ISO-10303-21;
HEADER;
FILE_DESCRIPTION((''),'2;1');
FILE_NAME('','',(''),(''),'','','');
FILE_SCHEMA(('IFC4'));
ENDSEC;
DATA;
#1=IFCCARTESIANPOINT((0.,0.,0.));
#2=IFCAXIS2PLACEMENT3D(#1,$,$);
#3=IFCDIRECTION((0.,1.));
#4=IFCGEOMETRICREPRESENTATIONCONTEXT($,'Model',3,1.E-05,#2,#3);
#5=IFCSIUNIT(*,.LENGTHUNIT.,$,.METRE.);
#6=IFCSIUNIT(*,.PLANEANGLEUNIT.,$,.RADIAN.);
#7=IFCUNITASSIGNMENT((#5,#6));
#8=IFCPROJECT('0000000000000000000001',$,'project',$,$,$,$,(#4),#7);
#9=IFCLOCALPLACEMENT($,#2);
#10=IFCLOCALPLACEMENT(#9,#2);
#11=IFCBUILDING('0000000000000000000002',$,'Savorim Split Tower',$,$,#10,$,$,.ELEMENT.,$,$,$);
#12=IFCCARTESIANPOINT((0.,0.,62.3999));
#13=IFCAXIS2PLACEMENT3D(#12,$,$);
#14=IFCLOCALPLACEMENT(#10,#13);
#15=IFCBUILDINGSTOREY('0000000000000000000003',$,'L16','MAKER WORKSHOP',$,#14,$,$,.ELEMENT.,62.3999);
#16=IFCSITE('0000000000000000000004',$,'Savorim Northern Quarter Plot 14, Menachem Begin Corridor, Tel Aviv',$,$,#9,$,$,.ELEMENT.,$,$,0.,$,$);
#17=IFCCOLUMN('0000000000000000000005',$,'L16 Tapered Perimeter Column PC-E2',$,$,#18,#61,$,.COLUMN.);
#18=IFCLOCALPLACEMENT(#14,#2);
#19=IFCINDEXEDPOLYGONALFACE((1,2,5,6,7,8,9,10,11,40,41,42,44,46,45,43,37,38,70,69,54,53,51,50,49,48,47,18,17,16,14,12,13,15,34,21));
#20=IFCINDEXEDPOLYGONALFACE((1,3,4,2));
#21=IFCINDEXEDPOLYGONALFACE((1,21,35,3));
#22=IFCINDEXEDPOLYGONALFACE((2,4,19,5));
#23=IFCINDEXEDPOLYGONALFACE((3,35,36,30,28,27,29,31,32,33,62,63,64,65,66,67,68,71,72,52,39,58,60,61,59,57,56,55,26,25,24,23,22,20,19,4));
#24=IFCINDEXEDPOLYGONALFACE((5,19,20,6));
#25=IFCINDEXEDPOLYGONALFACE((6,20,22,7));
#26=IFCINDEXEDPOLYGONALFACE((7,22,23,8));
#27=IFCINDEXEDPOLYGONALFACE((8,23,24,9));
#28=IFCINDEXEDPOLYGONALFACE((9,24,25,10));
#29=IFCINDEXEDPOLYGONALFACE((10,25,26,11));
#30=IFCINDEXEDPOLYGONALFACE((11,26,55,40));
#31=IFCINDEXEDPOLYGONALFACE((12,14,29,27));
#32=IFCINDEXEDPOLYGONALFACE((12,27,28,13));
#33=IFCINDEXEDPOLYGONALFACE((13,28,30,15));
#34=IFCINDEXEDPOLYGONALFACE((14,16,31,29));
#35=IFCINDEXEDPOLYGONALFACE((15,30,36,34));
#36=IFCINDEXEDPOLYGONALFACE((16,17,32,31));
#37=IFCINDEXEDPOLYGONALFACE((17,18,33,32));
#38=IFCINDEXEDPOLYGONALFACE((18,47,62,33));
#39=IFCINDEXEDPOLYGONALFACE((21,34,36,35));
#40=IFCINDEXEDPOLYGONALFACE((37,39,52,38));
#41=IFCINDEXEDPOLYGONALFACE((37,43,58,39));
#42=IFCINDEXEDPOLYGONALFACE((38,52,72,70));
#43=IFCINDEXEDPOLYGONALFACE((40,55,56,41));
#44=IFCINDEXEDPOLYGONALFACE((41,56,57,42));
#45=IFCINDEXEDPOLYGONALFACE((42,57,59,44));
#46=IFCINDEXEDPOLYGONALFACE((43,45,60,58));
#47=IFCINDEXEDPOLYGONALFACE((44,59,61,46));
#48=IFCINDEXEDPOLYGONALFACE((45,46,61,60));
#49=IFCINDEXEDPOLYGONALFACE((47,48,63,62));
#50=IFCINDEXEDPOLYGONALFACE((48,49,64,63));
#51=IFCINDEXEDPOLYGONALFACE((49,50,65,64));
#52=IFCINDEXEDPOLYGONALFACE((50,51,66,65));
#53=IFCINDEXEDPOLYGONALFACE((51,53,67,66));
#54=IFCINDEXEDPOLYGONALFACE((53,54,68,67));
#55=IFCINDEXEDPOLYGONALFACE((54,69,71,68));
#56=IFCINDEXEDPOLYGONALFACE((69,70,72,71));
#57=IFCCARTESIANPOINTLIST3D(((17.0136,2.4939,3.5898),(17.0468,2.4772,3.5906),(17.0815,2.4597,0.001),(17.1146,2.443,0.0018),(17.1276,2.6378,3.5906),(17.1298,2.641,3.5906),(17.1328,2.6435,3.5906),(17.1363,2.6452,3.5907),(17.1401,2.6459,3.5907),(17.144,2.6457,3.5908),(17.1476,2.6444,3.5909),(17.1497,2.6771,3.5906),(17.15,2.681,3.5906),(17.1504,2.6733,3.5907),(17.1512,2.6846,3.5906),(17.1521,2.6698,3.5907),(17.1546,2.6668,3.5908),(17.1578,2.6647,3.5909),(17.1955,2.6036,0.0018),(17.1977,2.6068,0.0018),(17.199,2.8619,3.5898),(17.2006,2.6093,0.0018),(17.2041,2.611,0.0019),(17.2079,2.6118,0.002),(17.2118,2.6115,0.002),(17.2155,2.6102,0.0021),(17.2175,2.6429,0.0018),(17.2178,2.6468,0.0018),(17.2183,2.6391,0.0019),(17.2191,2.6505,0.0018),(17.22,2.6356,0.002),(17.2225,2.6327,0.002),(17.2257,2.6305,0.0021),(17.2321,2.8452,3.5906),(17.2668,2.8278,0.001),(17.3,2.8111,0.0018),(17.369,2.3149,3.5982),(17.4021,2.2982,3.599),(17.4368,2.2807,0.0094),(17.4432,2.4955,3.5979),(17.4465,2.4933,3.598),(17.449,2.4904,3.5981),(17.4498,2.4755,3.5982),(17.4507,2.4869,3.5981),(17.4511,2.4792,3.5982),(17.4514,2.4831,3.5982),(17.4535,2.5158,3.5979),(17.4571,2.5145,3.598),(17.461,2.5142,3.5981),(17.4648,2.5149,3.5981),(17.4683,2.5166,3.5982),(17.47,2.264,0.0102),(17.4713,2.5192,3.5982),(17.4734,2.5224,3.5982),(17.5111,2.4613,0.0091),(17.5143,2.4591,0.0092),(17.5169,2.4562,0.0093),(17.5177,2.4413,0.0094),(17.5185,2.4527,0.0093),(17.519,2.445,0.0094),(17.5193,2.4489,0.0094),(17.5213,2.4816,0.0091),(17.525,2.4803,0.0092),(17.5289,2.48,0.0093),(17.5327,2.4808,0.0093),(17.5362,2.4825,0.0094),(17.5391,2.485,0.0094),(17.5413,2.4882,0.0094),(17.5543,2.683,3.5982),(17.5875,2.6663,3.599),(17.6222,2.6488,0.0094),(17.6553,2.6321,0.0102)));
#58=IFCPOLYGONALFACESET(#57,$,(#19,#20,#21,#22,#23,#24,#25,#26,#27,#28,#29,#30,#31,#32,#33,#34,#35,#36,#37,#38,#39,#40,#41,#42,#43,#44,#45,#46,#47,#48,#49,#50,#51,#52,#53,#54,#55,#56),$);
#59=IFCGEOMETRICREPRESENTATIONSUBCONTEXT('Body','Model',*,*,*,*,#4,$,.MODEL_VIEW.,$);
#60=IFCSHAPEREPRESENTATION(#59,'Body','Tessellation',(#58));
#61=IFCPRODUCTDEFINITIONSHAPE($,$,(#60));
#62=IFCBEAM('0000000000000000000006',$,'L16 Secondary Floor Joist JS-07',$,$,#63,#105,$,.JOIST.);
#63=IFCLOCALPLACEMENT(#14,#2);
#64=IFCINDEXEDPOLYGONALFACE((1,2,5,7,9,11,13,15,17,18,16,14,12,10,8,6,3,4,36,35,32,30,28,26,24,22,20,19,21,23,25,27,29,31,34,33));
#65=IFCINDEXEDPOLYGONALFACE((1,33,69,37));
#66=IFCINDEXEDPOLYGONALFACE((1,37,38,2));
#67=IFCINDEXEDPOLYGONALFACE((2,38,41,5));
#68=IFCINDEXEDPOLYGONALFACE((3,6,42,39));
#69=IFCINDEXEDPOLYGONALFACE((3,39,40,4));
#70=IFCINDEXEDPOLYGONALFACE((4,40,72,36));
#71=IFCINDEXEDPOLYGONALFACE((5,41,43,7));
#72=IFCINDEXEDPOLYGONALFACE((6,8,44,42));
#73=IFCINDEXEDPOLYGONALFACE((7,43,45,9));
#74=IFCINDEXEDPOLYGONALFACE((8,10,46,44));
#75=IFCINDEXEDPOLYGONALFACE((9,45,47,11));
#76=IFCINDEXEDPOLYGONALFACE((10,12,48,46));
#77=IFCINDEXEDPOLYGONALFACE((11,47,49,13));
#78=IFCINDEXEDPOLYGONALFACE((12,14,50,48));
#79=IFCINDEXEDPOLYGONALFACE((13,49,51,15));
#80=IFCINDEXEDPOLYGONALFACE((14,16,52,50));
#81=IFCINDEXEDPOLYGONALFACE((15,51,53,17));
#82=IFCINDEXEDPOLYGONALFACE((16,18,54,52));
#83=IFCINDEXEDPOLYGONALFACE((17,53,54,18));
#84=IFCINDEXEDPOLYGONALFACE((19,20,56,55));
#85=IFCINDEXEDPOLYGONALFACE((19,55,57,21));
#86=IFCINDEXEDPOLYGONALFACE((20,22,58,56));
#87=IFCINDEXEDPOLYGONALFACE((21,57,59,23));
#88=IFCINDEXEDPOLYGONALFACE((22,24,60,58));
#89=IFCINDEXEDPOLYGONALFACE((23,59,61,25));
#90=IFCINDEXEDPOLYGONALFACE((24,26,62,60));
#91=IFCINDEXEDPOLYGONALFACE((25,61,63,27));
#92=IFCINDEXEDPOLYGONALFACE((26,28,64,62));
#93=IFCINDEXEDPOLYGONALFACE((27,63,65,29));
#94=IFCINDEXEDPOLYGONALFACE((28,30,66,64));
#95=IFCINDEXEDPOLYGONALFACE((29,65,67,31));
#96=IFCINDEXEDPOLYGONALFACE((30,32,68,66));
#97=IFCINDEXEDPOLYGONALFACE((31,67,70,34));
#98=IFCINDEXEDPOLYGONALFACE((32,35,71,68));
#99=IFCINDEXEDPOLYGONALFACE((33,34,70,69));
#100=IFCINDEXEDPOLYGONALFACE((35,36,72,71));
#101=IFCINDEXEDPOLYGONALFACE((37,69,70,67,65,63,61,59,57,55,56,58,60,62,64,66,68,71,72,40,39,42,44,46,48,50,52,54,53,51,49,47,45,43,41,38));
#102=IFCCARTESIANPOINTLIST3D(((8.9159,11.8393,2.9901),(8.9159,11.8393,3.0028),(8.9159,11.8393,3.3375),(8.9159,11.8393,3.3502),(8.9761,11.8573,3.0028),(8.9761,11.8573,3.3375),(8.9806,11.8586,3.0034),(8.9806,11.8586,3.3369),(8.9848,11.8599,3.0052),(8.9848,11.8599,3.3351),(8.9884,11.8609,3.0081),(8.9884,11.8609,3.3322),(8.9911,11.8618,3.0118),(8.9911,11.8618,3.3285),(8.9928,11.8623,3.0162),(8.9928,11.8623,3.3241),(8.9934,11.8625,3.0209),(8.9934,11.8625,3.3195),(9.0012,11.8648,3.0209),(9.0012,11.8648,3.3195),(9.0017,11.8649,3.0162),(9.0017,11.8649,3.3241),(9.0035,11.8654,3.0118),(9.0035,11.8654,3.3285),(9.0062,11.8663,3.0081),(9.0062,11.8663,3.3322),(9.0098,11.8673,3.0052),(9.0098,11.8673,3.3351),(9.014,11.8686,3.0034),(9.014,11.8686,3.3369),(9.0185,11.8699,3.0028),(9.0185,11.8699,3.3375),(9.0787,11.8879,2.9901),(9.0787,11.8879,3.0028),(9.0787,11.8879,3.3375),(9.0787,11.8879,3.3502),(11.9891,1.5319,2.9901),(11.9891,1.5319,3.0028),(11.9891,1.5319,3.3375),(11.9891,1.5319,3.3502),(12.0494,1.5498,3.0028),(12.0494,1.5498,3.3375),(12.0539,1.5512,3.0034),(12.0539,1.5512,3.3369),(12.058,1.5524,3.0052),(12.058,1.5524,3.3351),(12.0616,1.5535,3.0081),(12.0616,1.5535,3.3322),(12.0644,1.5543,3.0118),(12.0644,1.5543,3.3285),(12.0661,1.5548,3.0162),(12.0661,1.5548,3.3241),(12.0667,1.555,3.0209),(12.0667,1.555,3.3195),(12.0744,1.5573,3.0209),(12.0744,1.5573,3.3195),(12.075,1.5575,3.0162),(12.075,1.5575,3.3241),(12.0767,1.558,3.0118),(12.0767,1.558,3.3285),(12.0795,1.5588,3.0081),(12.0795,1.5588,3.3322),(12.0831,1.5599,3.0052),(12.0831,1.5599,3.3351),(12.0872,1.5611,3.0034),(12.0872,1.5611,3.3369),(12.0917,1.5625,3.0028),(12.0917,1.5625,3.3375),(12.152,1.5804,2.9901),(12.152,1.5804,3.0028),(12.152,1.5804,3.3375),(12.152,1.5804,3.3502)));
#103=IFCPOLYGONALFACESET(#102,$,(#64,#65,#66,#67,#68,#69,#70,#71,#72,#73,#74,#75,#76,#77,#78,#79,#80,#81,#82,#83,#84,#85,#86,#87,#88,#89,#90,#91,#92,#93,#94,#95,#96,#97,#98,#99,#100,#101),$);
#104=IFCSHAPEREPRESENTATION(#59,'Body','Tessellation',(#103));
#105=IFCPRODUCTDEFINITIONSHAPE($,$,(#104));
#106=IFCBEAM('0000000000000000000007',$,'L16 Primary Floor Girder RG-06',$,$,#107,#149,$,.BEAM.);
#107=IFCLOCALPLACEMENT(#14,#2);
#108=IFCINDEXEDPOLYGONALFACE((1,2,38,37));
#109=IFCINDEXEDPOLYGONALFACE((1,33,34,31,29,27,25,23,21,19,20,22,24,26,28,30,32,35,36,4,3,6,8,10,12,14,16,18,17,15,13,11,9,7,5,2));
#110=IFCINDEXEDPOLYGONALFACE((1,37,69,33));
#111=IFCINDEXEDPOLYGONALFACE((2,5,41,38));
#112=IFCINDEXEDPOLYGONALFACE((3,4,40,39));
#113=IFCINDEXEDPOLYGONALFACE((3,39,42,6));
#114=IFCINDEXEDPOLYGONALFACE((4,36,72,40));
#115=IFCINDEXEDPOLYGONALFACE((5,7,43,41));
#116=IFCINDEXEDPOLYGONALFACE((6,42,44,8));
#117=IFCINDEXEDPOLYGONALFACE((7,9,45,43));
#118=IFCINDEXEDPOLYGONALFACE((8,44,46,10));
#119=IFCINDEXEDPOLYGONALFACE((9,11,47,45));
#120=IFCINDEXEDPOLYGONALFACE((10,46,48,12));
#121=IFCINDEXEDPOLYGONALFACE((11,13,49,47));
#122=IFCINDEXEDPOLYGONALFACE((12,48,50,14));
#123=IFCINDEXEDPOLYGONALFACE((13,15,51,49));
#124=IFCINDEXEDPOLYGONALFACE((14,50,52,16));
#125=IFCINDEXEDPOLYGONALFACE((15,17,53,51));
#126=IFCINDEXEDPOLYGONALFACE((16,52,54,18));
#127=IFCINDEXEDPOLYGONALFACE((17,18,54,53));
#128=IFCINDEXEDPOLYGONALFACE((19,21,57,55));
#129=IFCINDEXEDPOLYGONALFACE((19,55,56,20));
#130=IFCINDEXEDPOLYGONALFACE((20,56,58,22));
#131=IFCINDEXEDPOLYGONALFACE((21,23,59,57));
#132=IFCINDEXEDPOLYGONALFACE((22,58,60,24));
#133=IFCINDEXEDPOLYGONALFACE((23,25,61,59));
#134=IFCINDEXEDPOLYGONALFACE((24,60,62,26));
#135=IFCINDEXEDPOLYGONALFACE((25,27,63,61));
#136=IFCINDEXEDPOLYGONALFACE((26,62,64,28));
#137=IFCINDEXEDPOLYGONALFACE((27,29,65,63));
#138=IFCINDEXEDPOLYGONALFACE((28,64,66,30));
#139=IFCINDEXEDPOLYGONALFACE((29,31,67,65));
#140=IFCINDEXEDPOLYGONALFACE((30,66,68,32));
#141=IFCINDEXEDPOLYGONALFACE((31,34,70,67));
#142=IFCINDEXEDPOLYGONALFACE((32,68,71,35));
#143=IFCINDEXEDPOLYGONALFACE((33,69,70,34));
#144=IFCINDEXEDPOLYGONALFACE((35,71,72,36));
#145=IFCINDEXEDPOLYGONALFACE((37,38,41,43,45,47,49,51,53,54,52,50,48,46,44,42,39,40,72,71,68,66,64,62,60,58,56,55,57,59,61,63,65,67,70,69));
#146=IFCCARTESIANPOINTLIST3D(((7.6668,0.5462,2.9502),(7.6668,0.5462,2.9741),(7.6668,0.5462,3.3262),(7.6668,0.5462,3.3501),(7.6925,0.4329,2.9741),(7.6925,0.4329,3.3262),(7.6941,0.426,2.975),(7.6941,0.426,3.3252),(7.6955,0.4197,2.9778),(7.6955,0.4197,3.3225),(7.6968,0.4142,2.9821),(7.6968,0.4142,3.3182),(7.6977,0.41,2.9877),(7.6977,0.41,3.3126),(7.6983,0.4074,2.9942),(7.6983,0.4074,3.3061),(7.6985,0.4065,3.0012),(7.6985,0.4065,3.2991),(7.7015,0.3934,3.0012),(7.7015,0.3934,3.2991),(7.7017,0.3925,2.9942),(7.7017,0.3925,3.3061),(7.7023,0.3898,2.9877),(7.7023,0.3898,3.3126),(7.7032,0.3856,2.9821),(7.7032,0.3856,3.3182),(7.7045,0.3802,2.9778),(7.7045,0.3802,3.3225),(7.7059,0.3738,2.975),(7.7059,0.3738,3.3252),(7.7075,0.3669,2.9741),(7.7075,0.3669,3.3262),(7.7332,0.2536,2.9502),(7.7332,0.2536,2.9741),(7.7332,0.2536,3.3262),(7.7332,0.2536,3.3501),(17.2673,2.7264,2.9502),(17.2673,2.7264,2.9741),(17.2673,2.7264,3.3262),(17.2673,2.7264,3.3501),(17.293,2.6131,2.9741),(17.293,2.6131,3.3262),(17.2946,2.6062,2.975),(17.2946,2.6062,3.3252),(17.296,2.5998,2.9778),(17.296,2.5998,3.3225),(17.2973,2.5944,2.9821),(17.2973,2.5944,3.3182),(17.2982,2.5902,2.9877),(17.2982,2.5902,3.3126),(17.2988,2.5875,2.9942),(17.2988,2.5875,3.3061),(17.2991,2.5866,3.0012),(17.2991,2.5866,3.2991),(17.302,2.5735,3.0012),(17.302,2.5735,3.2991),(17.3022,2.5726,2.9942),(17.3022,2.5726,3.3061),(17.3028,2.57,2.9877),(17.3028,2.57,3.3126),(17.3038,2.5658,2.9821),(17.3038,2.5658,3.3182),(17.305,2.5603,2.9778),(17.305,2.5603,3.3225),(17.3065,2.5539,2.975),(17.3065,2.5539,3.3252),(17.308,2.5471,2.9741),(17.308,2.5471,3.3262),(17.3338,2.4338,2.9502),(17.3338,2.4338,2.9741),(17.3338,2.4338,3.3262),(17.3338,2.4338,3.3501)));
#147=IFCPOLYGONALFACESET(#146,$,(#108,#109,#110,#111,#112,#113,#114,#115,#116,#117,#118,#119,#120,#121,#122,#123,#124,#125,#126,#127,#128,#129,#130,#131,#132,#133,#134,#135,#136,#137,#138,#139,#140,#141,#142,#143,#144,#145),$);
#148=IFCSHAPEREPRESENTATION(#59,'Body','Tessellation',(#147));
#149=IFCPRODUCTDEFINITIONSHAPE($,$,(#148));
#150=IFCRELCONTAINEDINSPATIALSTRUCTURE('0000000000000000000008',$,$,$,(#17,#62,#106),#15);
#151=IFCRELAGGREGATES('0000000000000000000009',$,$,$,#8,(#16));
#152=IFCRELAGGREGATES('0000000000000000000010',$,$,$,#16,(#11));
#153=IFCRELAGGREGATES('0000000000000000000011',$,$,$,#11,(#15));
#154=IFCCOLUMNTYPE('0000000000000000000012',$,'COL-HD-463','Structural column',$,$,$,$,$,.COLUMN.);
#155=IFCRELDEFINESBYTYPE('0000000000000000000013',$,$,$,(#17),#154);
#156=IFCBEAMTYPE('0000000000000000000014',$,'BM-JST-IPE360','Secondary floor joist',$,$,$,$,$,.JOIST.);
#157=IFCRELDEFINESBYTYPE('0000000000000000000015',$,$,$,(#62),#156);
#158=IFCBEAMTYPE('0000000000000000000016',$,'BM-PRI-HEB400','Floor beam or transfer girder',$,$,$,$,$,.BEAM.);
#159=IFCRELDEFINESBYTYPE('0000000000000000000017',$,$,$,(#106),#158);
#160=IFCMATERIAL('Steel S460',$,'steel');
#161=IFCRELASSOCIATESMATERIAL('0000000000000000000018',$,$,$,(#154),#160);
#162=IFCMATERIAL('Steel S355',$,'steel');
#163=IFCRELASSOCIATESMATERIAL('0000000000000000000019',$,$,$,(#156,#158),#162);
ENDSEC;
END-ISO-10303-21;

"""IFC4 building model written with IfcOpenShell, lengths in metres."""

from ifc_helpers import new_model, si_unit, direction, frame, origin, origin_2d, place, context, subcontext, project, spatial, i_section, extrude, material, material_profile, profile_set, type_object, element, save


model = new_model("IFC4")

# Units and contexts
model_context = context("Model", 3, precision=1e-05, world=origin(), true_north=direction((0.0, 1.0)))
body_context = subcontext(model_context, "Body", "Model", "MODEL_VIEW")
ifc_project = project(units=[si_unit("LENGTHUNIT", "METRE"), si_unit("PLANEANGLEUNIT", "RADIAN")], contexts=[model_context])

# Site, building, storey
site_placement = place(None, origin())
site = spatial("IfcSite", under=ifc_project, at=site_placement, Name="Savorim Northern Quarter Plot 14, Menachem Begin Corridor, Tel Aviv", CompositionType="ELEMENT", RefElevation=0.0)
building_placement = place(site_placement, origin())
building = spatial("IfcBuilding", under=site, at=building_placement, Name="Savorim Split Tower", CompositionType="ELEMENT")
storey_placement = place(building_placement, frame((0.0, 0.0, 62.3999)))
storey = spatial("IfcBuildingStorey", under=building, at=storey_placement, Name="L16", Description="MAKER WORKSHOP", CompositionType="ELEMENT", Elevation=62.3999)

# Column
ifc_material_1 = material(Name="Steel S460", Category="steel")
ifc_material_profile_1 = material_profile(ifc_material_1, i_section(OverallWidth=0.4121, OverallDepth=0.4351, WebThickness=0.0227, FlangeThickness=0.0371, FilletRadius=0.0149, at=origin_2d()), Name="HD 400x463")
ifc_profile_set_1 = profile_set([ifc_material_profile_1], Name="Steel S460")
column_type = type_object("IfcColumnType", Name="COL-HD-463", Description="Structural column", PredefinedType="COLUMN", material=ifc_profile_set_1)
column_placement = place(storey_placement, frame((17.3684, 2.5459, 0.0056), z_axis=(-0.018907, 0.009522, 0.999776), x_axis=(-0.449782, -0.893138, 0.0)))
element("IfcColumn", 1, at=column_placement, inside=storey, type_object=column_type, Name="L16 Tapered Perimeter Column PC-E2", PredefinedType="COLUMN", context=body_context, shape_type="SweptSolid", body=[
    extrude(i_section(OverallWidth=0.4121, OverallDepth=0.4351, WebThickness=0.0227, FlangeThickness=0.0371, FilletRadius=0.0149, at=origin_2d()), origin(), (0.0, 0.0, 1.0), 3.5896),
])

# Beams
ifc_material_2 = material(Name="Steel S355", Category="steel")
ifc_material_profile_2 = material_profile(ifc_material_2, i_section(OverallWidth=0.1699, OverallDepth=0.3601, WebThickness=0.0081, FlangeThickness=0.0127, FilletRadius=0.0181, at=origin_2d()), Name="IPE 360")
ifc_profile_set_2 = profile_set([ifc_material_profile_2], Name="Steel S355")
beam_type_1 = type_object("IfcBeamType", Name="BM-JST-IPE360", Description="Secondary floor joist", PredefinedType="JOIST", material=ifc_profile_set_2)
beam_1_placement = place(storey_placement, frame((12.0706, 1.5562, 3.1702), z_axis=(-0.285729, 0.95831, 0.0), x_axis=(-0.95831, -0.285729, 0.0)))
element("IfcBeam", 2, at=beam_1_placement, inside=storey, type_object=beam_type_1, Name="L16 Secondary Floor Joist JS-07", PredefinedType="JOIST", context=body_context, shape_type="SweptSolid", body=[
    extrude(i_section(OverallWidth=0.1699, OverallDepth=0.3601, WebThickness=0.0081, FlangeThickness=0.0127, FilletRadius=0.0181, at=origin_2d()), origin(), (0.0, 0.0, 1.0), 10.7559),
])
ifc_material_profile_3 = material_profile(ifc_material_2, i_section(OverallWidth=0.3, OverallDepth=0.3999, WebThickness=0.0134, FlangeThickness=0.0239, FilletRadius=0.0271, at=origin_2d()), Name="HEB 400")
ifc_profile_set_3 = profile_set([ifc_material_profile_3], Name="Steel S355")
beam_type_2 = type_object("IfcBeamType", Name="BM-PRI-HEB400", Description="Floor beam or transfer girder", PredefinedType="BEAM", material=ifc_profile_set_3)
beam_2_placement = place(storey_placement, frame((17.3005, 2.5801, 3.1501), z_axis=(-0.975172, -0.22145, 0.0), x_axis=(0.22145, -0.975172, 0.0)))
element("IfcBeam", 3, at=beam_2_placement, inside=storey, type_object=beam_type_2, Name="L16 Primary Floor Girder RG-06", PredefinedType="BEAM", context=body_context, shape_type="SweptSolid", body=[
    extrude(i_section(OverallWidth=0.3, OverallDepth=0.3999, WebThickness=0.0134, FlangeThickness=0.0239, FilletRadius=0.0271, at=origin_2d()), origin(), (0.0, 0.0, 1.0), 9.845),
])

save(model, "model.ifc")
